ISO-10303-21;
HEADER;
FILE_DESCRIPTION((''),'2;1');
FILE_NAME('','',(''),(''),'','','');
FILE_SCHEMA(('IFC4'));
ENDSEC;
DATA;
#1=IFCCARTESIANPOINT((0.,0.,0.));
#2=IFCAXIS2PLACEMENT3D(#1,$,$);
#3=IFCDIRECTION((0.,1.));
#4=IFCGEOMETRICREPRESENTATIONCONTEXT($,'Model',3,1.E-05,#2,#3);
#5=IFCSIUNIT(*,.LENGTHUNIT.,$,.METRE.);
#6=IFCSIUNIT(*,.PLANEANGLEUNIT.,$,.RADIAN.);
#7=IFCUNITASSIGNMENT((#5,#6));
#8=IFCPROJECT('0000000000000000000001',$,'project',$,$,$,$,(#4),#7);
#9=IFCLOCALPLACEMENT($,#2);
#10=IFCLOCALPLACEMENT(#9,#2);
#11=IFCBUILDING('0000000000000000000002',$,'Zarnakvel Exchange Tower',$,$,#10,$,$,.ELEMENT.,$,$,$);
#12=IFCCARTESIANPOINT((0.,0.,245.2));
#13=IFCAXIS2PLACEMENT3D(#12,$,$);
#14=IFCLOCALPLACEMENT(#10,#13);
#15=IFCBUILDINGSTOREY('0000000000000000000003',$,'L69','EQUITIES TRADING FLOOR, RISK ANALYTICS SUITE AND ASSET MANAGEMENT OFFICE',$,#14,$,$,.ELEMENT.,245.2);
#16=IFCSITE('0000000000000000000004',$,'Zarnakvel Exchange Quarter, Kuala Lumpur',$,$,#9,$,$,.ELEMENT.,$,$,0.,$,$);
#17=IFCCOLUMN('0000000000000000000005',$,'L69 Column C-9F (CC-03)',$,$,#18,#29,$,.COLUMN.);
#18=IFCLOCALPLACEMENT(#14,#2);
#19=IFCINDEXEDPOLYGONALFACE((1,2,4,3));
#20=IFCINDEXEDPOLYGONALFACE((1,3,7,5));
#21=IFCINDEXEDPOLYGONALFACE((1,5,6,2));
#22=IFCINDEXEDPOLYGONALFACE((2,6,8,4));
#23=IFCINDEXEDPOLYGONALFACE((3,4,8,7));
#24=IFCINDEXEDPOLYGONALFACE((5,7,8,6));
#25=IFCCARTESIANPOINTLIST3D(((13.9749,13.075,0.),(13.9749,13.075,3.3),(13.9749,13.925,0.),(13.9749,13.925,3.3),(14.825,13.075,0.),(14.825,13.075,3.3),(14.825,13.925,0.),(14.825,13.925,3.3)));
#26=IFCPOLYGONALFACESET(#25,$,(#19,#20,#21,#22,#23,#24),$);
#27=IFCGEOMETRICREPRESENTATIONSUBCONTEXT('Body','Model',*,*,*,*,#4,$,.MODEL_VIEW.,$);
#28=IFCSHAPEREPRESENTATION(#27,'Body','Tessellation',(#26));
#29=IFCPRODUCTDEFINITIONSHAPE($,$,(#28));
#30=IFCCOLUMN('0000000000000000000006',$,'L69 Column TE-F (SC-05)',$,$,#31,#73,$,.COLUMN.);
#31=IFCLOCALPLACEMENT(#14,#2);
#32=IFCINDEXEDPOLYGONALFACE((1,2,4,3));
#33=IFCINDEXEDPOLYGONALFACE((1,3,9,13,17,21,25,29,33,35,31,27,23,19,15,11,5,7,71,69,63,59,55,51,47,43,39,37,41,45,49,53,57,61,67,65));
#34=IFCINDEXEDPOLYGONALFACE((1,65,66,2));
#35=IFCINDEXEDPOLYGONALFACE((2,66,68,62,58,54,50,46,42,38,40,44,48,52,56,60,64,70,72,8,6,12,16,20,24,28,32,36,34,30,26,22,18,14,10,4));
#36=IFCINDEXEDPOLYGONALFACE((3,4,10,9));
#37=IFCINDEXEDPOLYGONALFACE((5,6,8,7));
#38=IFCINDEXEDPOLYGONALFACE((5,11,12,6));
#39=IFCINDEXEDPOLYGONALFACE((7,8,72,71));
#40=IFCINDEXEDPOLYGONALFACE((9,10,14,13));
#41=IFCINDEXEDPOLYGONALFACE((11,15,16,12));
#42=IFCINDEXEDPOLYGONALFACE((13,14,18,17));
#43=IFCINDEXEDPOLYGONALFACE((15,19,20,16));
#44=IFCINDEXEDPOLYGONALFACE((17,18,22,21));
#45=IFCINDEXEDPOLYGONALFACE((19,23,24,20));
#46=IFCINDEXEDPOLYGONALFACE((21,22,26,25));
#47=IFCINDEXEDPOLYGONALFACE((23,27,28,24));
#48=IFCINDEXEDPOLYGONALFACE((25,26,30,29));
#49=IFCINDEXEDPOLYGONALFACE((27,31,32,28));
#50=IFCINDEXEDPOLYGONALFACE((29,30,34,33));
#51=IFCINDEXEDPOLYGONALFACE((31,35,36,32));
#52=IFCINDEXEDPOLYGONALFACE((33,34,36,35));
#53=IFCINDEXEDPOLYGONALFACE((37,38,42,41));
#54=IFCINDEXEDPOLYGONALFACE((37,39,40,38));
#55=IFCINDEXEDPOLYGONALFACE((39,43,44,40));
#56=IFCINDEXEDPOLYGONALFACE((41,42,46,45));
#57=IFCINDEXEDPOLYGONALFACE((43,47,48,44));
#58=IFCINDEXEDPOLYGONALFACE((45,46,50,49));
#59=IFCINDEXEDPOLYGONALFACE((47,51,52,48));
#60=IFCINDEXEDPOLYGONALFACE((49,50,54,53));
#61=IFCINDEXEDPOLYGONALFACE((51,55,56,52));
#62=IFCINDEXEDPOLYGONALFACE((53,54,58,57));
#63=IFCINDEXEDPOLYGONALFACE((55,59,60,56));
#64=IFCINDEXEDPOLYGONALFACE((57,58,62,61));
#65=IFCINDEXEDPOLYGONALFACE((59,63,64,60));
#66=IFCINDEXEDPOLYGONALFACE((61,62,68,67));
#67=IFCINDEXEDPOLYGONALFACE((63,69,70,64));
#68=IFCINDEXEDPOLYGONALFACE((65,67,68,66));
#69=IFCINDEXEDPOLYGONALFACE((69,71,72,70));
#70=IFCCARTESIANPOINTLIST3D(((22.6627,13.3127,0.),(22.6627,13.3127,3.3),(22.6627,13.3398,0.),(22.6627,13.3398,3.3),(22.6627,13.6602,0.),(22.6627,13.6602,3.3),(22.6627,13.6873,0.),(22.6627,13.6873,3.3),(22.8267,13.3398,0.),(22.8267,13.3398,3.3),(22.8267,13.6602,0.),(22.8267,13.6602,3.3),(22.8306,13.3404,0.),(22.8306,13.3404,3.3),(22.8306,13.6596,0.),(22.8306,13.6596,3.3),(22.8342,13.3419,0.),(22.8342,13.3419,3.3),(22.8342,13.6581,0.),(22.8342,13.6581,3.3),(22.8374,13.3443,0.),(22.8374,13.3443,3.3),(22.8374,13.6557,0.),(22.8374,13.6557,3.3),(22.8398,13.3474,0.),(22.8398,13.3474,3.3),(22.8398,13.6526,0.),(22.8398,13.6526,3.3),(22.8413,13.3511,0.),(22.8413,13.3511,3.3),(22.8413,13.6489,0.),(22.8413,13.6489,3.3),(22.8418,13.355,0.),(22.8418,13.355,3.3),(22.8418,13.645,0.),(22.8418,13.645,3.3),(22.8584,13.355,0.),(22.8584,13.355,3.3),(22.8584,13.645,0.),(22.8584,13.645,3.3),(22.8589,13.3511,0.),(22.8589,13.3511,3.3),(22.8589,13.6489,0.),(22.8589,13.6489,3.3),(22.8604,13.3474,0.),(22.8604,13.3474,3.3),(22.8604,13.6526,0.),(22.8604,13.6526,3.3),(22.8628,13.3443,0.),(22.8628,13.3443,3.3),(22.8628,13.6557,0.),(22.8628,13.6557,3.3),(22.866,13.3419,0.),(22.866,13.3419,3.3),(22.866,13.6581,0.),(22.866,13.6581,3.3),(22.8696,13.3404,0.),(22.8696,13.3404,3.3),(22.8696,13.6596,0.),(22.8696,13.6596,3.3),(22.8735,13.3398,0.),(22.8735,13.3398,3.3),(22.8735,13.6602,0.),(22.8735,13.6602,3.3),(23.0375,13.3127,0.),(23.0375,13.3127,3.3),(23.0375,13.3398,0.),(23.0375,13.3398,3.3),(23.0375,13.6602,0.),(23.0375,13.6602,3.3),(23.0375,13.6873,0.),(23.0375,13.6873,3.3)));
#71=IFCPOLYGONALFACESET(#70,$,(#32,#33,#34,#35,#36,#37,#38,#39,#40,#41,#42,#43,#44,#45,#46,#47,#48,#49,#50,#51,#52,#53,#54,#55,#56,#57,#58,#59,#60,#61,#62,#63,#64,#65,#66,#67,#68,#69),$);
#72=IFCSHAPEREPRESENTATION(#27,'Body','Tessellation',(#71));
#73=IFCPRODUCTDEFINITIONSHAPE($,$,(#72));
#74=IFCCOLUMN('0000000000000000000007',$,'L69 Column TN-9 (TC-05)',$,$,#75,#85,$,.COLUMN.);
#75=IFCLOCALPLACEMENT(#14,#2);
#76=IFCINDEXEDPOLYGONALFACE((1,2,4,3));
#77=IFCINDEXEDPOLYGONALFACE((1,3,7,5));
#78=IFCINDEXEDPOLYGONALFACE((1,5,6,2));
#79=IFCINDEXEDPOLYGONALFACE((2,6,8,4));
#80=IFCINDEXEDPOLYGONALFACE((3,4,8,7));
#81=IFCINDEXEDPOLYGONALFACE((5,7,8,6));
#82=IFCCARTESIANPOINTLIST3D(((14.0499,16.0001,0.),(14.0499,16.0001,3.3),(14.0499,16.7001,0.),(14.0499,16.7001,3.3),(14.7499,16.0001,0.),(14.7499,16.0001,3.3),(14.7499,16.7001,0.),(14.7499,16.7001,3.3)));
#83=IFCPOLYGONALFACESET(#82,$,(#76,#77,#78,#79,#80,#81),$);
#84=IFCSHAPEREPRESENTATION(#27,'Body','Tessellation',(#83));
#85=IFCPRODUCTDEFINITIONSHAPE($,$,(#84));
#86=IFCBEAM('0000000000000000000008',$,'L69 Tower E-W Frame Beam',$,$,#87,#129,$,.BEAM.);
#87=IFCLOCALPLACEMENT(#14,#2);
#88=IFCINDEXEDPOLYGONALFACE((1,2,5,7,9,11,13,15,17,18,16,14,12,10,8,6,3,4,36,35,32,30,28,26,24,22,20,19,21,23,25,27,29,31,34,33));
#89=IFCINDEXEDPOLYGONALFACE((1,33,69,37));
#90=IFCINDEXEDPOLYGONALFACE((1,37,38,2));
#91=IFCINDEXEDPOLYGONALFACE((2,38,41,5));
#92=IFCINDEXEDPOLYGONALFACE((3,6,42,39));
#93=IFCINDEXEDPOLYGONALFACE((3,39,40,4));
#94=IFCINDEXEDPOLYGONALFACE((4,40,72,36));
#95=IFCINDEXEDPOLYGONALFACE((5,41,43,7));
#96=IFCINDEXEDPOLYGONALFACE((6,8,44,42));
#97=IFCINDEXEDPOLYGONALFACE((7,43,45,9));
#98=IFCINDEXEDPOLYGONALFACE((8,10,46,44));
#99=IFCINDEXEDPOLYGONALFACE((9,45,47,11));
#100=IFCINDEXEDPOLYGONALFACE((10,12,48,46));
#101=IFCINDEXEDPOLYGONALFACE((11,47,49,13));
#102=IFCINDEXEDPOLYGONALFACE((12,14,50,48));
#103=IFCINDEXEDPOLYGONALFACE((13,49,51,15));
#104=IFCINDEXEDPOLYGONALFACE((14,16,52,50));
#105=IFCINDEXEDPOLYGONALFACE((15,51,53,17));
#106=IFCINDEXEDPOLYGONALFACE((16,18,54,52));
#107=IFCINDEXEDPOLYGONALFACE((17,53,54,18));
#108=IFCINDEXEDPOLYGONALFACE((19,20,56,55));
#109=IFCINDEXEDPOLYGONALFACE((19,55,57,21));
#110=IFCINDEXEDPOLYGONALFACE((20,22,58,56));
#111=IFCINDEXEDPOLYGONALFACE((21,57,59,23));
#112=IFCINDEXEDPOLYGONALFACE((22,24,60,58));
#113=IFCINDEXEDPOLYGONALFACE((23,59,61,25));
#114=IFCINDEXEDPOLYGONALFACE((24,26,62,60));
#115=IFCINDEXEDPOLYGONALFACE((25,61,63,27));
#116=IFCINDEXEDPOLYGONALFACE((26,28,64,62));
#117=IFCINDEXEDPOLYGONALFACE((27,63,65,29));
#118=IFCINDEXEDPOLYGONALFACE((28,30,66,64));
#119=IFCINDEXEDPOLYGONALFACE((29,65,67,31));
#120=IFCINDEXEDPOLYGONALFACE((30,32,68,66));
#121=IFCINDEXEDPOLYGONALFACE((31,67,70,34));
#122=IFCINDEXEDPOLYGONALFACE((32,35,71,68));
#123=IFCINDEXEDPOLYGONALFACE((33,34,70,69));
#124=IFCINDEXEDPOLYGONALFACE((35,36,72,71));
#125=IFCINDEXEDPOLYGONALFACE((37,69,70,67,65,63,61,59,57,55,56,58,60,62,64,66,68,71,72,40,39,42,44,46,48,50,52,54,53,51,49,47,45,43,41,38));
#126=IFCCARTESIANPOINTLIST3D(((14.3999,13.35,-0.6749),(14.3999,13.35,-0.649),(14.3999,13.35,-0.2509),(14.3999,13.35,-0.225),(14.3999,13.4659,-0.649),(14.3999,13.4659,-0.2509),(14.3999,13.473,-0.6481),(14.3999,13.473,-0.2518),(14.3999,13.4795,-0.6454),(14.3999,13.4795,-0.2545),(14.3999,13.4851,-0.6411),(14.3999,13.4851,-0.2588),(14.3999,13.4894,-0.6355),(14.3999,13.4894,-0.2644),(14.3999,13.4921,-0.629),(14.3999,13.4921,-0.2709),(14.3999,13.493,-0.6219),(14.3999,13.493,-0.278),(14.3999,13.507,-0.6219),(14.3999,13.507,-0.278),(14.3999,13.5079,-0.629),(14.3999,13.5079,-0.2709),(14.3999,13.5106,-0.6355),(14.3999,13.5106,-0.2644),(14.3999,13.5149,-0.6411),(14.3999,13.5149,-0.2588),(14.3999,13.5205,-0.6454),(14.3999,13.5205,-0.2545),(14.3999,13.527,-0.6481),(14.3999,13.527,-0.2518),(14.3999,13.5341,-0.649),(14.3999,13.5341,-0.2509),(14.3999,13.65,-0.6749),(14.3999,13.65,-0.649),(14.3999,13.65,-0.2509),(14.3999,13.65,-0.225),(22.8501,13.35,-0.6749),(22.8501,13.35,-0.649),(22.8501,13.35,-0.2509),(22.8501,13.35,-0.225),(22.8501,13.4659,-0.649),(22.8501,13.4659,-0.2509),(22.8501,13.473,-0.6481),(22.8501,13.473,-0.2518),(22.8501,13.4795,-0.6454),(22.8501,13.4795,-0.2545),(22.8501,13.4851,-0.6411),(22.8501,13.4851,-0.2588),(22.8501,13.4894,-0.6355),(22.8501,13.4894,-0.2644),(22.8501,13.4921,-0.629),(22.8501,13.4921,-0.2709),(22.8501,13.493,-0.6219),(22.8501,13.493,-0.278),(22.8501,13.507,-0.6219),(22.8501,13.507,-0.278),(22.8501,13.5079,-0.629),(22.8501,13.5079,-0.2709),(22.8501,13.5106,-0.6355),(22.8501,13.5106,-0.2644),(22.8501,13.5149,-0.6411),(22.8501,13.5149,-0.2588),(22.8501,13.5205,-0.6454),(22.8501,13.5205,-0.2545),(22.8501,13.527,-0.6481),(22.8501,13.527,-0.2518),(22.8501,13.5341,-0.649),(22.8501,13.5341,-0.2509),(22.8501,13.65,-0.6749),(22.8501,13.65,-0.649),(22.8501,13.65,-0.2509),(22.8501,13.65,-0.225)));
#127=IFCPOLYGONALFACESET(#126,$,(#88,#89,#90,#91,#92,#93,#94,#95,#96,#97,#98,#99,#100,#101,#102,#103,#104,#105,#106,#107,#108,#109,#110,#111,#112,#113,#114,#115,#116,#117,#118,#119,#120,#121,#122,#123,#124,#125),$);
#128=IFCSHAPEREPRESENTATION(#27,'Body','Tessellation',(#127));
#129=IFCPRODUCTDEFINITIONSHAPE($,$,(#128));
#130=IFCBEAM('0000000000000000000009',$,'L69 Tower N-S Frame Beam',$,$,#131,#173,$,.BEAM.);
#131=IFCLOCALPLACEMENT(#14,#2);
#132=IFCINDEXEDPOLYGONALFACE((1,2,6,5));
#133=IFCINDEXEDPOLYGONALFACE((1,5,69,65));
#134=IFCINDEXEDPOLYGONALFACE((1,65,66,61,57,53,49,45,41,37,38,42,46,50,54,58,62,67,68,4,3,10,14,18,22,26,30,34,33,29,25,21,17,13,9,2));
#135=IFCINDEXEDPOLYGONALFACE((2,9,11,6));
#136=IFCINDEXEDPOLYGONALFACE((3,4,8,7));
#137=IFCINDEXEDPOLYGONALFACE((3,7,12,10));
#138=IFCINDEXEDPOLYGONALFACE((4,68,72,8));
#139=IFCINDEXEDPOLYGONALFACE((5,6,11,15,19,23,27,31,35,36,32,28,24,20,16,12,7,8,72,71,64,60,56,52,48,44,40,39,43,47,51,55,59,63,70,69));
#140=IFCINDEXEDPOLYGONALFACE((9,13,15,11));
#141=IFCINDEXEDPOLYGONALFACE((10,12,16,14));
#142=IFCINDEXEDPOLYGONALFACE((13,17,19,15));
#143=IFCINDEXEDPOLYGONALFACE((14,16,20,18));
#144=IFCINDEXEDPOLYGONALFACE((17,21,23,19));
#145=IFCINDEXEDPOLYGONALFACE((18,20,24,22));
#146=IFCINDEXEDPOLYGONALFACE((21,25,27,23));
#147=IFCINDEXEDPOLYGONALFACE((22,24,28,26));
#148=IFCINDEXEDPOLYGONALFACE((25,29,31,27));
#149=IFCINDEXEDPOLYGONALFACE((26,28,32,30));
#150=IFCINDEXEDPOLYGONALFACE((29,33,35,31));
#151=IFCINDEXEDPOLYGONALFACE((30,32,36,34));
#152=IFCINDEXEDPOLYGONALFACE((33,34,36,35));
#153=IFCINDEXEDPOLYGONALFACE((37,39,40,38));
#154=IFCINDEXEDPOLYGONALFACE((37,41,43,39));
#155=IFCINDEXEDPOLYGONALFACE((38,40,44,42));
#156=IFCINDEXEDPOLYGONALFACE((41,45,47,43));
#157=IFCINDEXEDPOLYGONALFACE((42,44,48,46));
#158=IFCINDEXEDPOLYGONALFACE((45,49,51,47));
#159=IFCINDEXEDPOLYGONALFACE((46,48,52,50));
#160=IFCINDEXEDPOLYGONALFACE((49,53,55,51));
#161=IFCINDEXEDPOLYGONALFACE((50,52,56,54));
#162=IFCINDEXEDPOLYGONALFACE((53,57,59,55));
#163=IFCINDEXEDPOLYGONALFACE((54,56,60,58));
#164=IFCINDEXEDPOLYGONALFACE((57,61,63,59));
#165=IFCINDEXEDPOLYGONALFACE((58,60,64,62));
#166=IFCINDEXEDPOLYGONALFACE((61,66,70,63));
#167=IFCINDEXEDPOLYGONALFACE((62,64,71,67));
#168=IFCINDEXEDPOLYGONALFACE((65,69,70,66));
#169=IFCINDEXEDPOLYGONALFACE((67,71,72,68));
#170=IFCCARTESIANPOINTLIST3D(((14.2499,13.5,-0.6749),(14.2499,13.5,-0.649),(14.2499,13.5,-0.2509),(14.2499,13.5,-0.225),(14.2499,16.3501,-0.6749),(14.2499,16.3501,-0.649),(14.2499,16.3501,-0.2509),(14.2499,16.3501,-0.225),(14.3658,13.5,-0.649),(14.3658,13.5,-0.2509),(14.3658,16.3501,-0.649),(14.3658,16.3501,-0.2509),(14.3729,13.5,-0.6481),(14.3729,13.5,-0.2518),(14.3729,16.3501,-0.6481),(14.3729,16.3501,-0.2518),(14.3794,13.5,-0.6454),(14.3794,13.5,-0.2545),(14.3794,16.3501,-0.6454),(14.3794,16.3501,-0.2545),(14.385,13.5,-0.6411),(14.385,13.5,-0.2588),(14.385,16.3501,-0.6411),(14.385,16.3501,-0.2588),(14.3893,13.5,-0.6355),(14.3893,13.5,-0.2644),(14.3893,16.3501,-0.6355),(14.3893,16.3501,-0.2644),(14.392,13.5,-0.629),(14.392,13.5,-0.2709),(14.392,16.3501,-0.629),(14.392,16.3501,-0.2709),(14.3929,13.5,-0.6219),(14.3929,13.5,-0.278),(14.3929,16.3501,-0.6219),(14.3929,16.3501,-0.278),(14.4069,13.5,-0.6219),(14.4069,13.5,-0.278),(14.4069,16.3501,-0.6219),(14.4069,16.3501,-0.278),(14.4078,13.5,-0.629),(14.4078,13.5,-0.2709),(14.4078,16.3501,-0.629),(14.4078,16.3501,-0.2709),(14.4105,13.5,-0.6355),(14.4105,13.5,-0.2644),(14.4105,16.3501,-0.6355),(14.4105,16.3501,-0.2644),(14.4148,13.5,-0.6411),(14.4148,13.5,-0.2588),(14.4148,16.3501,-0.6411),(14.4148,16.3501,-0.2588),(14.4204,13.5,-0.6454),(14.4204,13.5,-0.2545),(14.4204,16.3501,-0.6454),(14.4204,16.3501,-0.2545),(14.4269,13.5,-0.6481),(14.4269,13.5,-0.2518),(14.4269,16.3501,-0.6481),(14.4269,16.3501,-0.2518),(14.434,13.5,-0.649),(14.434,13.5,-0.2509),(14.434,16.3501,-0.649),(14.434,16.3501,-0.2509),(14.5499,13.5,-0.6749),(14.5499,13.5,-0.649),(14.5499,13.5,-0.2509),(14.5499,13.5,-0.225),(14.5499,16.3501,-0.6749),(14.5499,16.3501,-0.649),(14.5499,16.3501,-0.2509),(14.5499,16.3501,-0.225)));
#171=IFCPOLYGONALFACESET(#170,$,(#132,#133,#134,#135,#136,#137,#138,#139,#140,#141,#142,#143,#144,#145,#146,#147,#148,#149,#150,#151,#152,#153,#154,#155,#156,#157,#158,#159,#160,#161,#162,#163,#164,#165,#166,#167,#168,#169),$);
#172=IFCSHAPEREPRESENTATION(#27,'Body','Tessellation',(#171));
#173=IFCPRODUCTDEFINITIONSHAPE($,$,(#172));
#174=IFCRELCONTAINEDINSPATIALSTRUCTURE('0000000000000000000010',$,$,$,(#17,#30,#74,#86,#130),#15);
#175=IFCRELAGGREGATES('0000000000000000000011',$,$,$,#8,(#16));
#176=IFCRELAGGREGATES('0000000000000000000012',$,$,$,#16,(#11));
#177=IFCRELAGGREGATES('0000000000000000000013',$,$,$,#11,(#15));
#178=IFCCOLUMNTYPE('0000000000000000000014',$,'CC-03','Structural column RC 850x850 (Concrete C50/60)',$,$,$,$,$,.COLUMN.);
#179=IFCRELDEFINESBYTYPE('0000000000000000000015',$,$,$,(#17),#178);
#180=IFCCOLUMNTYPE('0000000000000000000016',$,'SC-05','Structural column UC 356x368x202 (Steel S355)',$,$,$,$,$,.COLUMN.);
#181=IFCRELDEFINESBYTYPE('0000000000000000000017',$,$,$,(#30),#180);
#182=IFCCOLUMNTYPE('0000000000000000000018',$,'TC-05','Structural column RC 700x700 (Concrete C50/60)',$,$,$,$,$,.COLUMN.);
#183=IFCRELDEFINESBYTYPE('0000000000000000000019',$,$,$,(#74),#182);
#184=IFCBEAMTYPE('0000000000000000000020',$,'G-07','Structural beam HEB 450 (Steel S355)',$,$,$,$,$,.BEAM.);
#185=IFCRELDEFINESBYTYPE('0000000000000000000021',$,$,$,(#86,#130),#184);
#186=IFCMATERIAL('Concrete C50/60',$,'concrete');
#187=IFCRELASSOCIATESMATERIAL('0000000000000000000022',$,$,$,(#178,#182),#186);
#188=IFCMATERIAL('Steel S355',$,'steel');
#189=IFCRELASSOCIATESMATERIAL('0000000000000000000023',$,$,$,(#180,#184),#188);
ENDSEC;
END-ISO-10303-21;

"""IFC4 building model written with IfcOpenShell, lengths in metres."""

from ifc_helpers import new_model, si_unit, direction, frame, origin, origin_2d, place, context, subcontext, project, spatial, rectangle, i_section, extrude, material, material_profile, profile_set, type_object, element, save


model = new_model("IFC4")

# Units and contexts
model_context = context("Model", 3, precision=1e-05, world=origin(), true_north=direction((0.0, 1.0)))
body_context = subcontext(model_context, "Body", "Model", "MODEL_VIEW")
ifc_project = project(units=[si_unit("LENGTHUNIT", "METRE"), si_unit("PLANEANGLEUNIT", "RADIAN")], contexts=[model_context])

# Site, building, storey
site_placement = place(None, origin())
site = spatial("IfcSite", under=ifc_project, at=site_placement, Name="Zarnakvel Exchange Quarter, Kuala Lumpur", CompositionType="ELEMENT", RefElevation=0.0)
building_placement = place(site_placement, origin())
building = spatial("IfcBuilding", under=site, at=building_placement, Name="Zarnakvel Exchange Tower", CompositionType="ELEMENT")
storey_placement = place(building_placement, frame((0.0, 0.0, 245.2)))
storey = spatial("IfcBuildingStorey", under=building, at=storey_placement, Name="L69", Description="EQUITIES TRADING FLOOR, RISK ANALYTICS SUITE AND ASSET MANAGEMENT OFFICE", CompositionType="ELEMENT", Elevation=245.2)

# Columns
ifc_material_1 = material(Name="Concrete C50/60", Category="concrete")
ifc_material_profile_1 = material_profile(ifc_material_1, rectangle(XDim=0.8501, YDim=0.8501, at=origin_2d()))
ifc_profile_set_1 = profile_set([ifc_material_profile_1], Name="Concrete C50/60")
column_type_1 = type_object("IfcColumnType", Name="CC-03", Description="Structural column RC 850x850 (Concrete C50/60)", PredefinedType="COLUMN", material=ifc_profile_set_1)
column_1_placement = place(storey_placement, frame((14.3999, 13.5, 0.0), z_axis=(0.0, 0.0, 1.0), x_axis=(1.0, 0.0, 0.0)))
element("IfcColumn", 1, at=column_1_placement, inside=storey, type_object=column_type_1, Name="L69 Column C-9F (CC-03)", PredefinedType="COLUMN", context=body_context, shape_type="SweptSolid", body=[
    extrude(rectangle(XDim=0.8501, YDim=0.8501, at=origin_2d()), origin(), (0.0, 0.0, 1.0), 3.3),
])
ifc_material_2 = material(Name="Steel S355", Category="steel")
ifc_material_profile_2 = material_profile(ifc_material_2, i_section(OverallWidth=0.3748, OverallDepth=0.3745, WebThickness=0.0166, FlangeThickness=0.0271, FilletRadius=0.0151, at=origin_2d()))
ifc_profile_set_2 = profile_set([ifc_material_profile_2], Name="Steel S355")
column_type_2 = type_object("IfcColumnType", Name="SC-05", Description="Structural column UC 356x368x202 (Steel S355)", PredefinedType="COLUMN", material=ifc_profile_set_2)
column_2_placement = place(storey_placement, frame((22.8501, 13.5, 0.0), z_axis=(0.0, 0.0, 1.0), x_axis=(1.0, 0.0, 0.0)))
element("IfcColumn", 2, at=column_2_placement, inside=storey, type_object=column_type_2, Name="L69 Column TE-F (SC-05)", PredefinedType="COLUMN", context=body_context, shape_type="SweptSolid", body=[
    extrude(i_section(OverallWidth=0.3748, OverallDepth=0.3745, WebThickness=0.0166, FlangeThickness=0.0271, FilletRadius=0.0151, at=origin_2d()), origin(), (0.0, 0.0, 1.0), 3.3),
])
ifc_material_profile_3 = material_profile(ifc_material_1, rectangle(XDim=0.7, YDim=0.7, at=origin_2d()))
ifc_profile_set_3 = profile_set([ifc_material_profile_3], Name="Concrete C50/60")
column_type_3 = type_object("IfcColumnType", Name="TC-05", Description="Structural column RC 700x700 (Concrete C50/60)", PredefinedType="COLUMN", material=ifc_profile_set_3)
column_3_placement = place(storey_placement, frame((14.3999, 16.3501, 0.0), z_axis=(0.0, 0.0, 1.0), x_axis=(1.0, 0.0, 0.0)))
element("IfcColumn", 3, at=column_3_placement, inside=storey, type_object=column_type_3, Name="L69 Column TN-9 (TC-05)", PredefinedType="COLUMN", context=body_context, shape_type="SweptSolid", body=[
    extrude(rectangle(XDim=0.7, YDim=0.7, at=origin_2d()), origin(), (0.0, 0.0, 1.0), 3.3),
])

# Beams
ifc_material_profile_4 = material_profile(ifc_material_2, i_section(OverallWidth=0.3, OverallDepth=0.45, WebThickness=0.0139, FlangeThickness=0.0259, FilletRadius=0.0271, at=origin_2d()))
ifc_profile_set_4 = profile_set([ifc_material_profile_4], Name="Steel S355")
beam_type = type_object("IfcBeamType", Name="G-07", Description="Structural beam HEB 450 (Steel S355)", PredefinedType="BEAM", material=ifc_profile_set_4)
beam_1_placement = place(storey_placement, frame((14.3999, 13.5, -0.45), z_axis=(1.0, 0.0, 0.0), x_axis=(0.0, 1.0, 0.0)))
element("IfcBeam", 4, at=beam_1_placement, inside=storey, type_object=beam_type, Name="L69 Tower E-W Frame Beam", PredefinedType="BEAM", context=body_context, shape_type="SweptSolid", body=[
    extrude(i_section(OverallWidth=0.3, OverallDepth=0.45, WebThickness=0.0139, FlangeThickness=0.0259, FilletRadius=0.0271, at=origin_2d()), origin(), (0.0, 0.0, 1.0), 8.4502),
])
beam_2_placement = place(storey_placement, frame((14.3999, 13.5, -0.45), z_axis=(0.0, 1.0, 0.0), x_axis=(-1.0, 0.0, 0.0)))
element("IfcBeam", 5, at=beam_2_placement, inside=storey, type_object=beam_type, Name="L69 Tower N-S Frame Beam", PredefinedType="BEAM", context=body_context, shape_type="SweptSolid", body=[
    extrude(i_section(OverallWidth=0.3, OverallDepth=0.45, WebThickness=0.0139, FlangeThickness=0.0259, FilletRadius=0.0271, at=origin_2d()), origin(), (0.0, 0.0, 1.0), 2.8501),
])

save(model, "model.ifc")
